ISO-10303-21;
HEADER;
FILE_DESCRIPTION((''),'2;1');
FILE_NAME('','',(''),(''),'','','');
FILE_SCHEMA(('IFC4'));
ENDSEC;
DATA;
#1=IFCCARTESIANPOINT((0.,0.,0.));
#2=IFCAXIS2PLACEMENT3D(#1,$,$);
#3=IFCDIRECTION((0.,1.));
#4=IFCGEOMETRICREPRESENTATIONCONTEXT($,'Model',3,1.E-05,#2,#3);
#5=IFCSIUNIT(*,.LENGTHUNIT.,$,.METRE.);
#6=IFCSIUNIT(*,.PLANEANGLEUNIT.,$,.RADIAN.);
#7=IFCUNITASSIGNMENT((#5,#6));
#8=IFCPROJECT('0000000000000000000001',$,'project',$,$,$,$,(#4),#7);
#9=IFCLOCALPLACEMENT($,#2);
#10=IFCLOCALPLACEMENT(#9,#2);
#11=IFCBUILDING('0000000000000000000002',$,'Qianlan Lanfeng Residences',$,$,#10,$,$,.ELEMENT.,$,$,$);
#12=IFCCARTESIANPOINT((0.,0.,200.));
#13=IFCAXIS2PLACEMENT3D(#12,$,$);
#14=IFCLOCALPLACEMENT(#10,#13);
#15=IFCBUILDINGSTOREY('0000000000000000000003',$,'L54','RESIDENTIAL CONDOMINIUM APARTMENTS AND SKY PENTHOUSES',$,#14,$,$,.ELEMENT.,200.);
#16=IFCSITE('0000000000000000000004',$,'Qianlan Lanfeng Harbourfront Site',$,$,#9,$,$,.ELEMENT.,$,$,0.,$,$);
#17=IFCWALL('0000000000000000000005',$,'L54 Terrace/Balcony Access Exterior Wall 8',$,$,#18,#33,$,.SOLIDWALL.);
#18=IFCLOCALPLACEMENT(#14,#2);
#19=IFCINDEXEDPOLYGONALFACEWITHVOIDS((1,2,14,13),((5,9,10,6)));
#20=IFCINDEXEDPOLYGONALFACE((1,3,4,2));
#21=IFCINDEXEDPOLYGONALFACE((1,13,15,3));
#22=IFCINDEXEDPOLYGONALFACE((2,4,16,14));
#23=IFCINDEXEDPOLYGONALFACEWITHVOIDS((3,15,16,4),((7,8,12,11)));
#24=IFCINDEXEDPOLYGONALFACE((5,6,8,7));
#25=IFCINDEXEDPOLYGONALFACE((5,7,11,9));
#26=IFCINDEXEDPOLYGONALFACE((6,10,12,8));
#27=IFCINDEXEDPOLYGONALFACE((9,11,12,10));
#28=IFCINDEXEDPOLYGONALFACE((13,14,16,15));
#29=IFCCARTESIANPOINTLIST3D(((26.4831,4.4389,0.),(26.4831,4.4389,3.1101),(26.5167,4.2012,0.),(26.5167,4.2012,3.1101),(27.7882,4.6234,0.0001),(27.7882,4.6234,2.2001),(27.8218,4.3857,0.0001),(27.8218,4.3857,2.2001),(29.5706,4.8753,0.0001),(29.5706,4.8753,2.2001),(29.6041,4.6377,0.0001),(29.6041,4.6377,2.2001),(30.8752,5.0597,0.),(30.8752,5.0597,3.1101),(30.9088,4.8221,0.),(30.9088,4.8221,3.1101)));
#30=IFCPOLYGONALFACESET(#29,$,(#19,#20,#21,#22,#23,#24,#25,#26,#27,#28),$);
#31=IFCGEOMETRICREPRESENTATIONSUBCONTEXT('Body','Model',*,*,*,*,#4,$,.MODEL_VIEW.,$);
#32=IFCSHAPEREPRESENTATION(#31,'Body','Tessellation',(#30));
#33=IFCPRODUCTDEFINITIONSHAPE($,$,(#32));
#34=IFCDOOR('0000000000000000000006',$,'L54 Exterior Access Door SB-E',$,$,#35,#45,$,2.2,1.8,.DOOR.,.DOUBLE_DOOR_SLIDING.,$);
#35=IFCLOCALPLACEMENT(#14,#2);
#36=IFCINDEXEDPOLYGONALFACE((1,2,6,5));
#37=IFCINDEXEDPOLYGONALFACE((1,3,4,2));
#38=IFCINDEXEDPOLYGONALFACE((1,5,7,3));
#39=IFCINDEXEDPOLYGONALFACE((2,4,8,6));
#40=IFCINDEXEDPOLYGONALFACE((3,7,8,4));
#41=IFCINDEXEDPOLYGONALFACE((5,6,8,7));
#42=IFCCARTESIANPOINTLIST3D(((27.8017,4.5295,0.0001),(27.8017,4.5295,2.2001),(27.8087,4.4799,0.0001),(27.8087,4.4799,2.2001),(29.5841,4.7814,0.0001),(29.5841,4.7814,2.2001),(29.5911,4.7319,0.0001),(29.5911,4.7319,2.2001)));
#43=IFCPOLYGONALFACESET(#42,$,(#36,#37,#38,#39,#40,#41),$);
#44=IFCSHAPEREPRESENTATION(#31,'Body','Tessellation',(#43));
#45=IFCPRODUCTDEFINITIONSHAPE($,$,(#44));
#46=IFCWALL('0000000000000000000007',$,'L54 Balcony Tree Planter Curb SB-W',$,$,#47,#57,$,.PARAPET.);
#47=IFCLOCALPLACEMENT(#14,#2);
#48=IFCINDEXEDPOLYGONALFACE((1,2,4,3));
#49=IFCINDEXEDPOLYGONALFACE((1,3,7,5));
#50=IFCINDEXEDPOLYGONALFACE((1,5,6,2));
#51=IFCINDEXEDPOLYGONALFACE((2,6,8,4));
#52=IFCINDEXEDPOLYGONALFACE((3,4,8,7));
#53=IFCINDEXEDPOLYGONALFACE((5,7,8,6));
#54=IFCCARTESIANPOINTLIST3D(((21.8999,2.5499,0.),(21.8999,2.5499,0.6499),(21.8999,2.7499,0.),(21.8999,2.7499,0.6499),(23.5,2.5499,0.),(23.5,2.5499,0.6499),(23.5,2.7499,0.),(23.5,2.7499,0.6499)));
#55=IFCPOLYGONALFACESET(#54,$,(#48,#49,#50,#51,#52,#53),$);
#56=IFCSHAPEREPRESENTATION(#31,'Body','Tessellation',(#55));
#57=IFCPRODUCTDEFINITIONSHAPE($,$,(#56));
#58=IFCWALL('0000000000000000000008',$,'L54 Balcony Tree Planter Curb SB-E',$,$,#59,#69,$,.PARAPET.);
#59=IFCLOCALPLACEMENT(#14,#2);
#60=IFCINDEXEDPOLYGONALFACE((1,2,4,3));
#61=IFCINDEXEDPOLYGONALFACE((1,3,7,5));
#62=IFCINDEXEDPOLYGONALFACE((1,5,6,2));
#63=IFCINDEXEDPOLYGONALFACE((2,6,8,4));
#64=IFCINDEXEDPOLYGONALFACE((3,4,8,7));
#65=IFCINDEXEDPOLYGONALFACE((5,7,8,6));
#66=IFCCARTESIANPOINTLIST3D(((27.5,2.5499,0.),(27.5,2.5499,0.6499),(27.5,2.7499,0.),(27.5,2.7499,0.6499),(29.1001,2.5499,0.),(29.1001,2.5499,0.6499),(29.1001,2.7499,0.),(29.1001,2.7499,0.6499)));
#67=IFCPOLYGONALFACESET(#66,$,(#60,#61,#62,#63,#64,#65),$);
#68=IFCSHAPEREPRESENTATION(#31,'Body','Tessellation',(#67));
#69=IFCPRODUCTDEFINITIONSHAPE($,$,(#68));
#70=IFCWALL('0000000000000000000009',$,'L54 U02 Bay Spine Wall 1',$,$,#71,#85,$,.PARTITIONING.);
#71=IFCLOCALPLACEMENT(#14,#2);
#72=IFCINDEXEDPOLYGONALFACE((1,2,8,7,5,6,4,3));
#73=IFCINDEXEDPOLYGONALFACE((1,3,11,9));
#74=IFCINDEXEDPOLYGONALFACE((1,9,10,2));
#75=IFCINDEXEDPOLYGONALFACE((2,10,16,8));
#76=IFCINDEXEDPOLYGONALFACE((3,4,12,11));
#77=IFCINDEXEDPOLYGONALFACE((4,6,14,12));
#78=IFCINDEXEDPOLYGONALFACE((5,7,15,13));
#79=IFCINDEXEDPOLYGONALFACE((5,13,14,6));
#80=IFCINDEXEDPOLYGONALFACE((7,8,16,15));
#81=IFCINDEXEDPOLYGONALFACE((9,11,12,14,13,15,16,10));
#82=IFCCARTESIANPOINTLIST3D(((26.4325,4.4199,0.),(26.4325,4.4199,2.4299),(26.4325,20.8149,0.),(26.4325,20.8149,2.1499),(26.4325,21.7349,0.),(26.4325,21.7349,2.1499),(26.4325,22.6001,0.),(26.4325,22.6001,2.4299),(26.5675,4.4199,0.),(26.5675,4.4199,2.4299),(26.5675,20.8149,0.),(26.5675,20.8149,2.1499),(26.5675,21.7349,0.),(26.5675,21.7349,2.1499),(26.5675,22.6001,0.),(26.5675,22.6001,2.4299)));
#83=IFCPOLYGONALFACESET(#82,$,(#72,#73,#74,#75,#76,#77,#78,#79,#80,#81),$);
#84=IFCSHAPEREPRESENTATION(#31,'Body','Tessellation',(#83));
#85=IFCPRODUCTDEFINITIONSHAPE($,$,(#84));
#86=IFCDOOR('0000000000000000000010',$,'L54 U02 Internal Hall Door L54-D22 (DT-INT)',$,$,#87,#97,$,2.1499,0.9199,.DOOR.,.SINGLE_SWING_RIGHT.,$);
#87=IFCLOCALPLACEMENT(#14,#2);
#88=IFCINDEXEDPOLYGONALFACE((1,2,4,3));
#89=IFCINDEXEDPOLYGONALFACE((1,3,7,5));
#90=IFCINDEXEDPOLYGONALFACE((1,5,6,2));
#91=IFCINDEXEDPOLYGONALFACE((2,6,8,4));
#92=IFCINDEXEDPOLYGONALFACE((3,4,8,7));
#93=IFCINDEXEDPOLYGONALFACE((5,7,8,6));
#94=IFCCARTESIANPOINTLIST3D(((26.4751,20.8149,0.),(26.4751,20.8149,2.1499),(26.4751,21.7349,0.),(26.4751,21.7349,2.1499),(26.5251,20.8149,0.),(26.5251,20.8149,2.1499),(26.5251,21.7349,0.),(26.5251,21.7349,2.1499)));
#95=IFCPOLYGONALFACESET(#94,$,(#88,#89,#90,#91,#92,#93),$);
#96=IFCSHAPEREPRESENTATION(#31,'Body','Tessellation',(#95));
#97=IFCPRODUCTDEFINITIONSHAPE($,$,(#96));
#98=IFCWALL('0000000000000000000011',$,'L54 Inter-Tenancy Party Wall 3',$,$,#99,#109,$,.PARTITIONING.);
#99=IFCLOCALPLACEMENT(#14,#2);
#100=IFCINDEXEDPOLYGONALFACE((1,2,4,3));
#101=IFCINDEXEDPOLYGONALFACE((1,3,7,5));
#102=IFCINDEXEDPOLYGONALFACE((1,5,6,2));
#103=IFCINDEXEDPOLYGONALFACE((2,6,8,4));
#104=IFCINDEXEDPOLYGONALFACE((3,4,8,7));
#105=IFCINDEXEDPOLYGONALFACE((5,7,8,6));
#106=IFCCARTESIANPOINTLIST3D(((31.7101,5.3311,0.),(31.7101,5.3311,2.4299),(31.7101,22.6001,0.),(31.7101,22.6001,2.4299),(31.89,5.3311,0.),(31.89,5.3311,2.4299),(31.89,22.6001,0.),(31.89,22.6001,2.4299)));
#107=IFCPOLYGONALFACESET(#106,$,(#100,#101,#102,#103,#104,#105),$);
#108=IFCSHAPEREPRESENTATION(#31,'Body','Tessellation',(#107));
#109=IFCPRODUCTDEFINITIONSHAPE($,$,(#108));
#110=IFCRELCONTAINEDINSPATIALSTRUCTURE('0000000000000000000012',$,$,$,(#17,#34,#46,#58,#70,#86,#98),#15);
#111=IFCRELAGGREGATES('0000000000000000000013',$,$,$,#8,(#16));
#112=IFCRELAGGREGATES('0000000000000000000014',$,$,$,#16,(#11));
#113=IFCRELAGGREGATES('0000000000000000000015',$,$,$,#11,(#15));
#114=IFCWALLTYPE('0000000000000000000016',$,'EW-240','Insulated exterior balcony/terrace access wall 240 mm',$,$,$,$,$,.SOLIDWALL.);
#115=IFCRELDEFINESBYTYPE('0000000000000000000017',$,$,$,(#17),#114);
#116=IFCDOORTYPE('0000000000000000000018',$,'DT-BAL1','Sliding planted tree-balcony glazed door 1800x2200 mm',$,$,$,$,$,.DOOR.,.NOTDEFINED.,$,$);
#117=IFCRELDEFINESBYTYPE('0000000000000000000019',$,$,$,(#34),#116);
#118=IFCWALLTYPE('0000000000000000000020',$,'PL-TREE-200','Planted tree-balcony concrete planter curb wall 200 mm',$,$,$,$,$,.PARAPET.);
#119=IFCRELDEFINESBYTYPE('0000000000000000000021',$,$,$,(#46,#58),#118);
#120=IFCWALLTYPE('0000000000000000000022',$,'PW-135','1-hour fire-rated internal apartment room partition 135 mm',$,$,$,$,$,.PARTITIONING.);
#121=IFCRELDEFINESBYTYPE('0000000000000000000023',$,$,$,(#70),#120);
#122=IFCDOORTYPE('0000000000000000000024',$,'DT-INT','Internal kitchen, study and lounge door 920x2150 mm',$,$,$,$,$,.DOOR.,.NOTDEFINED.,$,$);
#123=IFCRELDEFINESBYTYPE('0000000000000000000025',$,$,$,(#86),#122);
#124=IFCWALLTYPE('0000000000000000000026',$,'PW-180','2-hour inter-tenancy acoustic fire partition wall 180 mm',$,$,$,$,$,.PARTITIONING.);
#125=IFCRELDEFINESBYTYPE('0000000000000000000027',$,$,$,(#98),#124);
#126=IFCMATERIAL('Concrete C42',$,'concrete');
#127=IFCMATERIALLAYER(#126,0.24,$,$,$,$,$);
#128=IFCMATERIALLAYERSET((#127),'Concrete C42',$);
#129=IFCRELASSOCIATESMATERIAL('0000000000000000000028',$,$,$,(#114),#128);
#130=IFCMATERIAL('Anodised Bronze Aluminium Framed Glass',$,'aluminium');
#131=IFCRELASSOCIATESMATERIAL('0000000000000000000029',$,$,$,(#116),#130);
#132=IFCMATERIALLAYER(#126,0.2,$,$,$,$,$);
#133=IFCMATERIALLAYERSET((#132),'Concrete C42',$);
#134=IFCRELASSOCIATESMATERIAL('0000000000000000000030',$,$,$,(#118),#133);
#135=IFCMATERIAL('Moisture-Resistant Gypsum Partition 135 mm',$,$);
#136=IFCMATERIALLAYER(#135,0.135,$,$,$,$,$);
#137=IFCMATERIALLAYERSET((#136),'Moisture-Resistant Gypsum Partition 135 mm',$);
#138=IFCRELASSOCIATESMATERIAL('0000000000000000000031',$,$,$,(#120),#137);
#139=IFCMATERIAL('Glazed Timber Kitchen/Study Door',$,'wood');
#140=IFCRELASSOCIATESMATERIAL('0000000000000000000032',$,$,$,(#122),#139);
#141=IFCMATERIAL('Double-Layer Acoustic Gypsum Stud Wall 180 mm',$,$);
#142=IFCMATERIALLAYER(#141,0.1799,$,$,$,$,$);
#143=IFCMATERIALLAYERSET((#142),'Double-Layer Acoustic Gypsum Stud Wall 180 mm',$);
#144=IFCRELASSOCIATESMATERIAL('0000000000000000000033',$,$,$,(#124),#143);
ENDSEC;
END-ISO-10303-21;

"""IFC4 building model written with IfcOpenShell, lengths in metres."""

from ifc_helpers import new_model, si_unit, direction, frame, frame_2d, origin, place, context, subcontext, project, spatial, rectangle, extrude, material, layer, layer_set, type_object, element, fill, save


model = new_model("IFC4")

# Units and contexts
model_context = context("Model", 3, precision=1e-05, world=origin(), true_north=direction((0.0, 1.0)))
body_context = subcontext(model_context, "Body", "Model", "MODEL_VIEW")
ifc_project = project(units=[si_unit("LENGTHUNIT", "METRE"), si_unit("PLANEANGLEUNIT", "RADIAN")], contexts=[model_context])

# Site, building, storey
site_placement = place(None, origin())
site = spatial("IfcSite", under=ifc_project, at=site_placement, Name="Qianlan Lanfeng Harbourfront Site", CompositionType="ELEMENT", RefElevation=0.0)
building_placement = place(site_placement, origin())
building = spatial("IfcBuilding", under=site, at=building_placement, Name="Qianlan Lanfeng Residences", CompositionType="ELEMENT")
storey_placement = place(building_placement, frame((0.0, 0.0, 200.0)))
storey = spatial("IfcBuildingStorey", under=building, at=storey_placement, Name="L54", Description="RESIDENTIAL CONDOMINIUM APARTMENTS AND SKY PENTHOUSES", CompositionType="ELEMENT", Elevation=200.0)

# Shared definitions
ifc_material_1 = material(Name="Concrete C42", Category="concrete")
ifc_layer_1 = layer(ifc_material_1, 0.24)
ifc_layer_set_1 = layer_set([ifc_layer_1], Name="Concrete C42")
wall_type_1 = type_object("IfcWallType", Name="EW-240", Description="Insulated exterior balcony/terrace access wall 240 mm", PredefinedType="SOLIDWALL", material=ifc_layer_set_1)
ifc_material_2 = material(Name="Anodised Bronze Aluminium Framed Glass", Category="aluminium")
door_type_1 = type_object("IfcDoorType", Name="DT-BAL1", Description="Sliding planted tree-balcony glazed door 1800x2200 mm", OperationType="NOTDEFINED", PredefinedType="DOOR", material=ifc_material_2)

# Wall, opening, door
wall_1_placement = place(storey_placement, frame((26.5, 4.3201, 0.0), z_axis=(0.0, 0.0, 1.0), x_axis=(0.990156, 0.139965, 0.0)))
wall_1 = element("IfcWall", 1, at=wall_1_placement, inside=storey, type_object=wall_type_1, Name="L54 Terrace/Balcony Access Exterior Wall 8", PredefinedType="SOLIDWALL", context=body_context, shape_type="SweptSolid", body=[
    extrude(rectangle(XDim=4.4358, YDim=0.24, at=frame_2d((2.2178, 0.0))), origin(), (0.0, 0.0, 1.0), 3.1101),
])
opening_1_placement = place(wall_1_placement, frame((1.3181, 0.0, 0.0)))
opening_1 = element("IfcOpeningElement", 2, at=opening_1_placement, cuts=wall_1, PredefinedType="OPENING", context=body_context, shape_type="SweptSolid", body=[
    extrude(rectangle(XDim=1.8, YDim=2.2, at=frame_2d((0.8999, 1.1001))), frame((0.0, 0.1299, 0.0), z_axis=(0.0, -1.0, 0.0), x_axis=(1.0, 0.0, 0.0)), (0.0, 0.0, 1.0), 0.26),
])
door_1_placement = place(opening_1_placement, frame((1.8, 0.0, 0.0), z_axis=(0.0, 0.0, 1.0), x_axis=(-1.0, 0.0, 0.0)))
door_1 = element("IfcDoor", 3, at=door_1_placement, inside=storey, type_object=door_type_1, Name="L54 Exterior Access Door SB-E", OperationType="DOUBLE_DOOR_SLIDING", OverallHeight=2.2, OverallWidth=1.8, PredefinedType="DOOR", context=body_context, shape_type="SweptSolid", body=[
    extrude(rectangle(XDim=1.8, YDim=2.2, at=frame_2d((0.8999, 1.1001))), frame((0.0, 0.0249, 0.0), z_axis=(0.0, -1.0, 0.0), x_axis=(1.0, 0.0, 0.0)), (0.0, 0.0, 1.0), 0.05),
])
fill(opening_1, door_1)

# Walls
ifc_layer_2 = layer(ifc_material_1, 0.2)
ifc_layer_set_2 = layer_set([ifc_layer_2], Name="Concrete C42")
wall_type_2 = type_object("IfcWallType", Name="PL-TREE-200", Description="Planted tree-balcony concrete planter curb wall 200 mm", PredefinedType="PARAPET", material=ifc_layer_set_2)
for number, where, z_axis, x_axis, name in (
    (4, (21.8999, 2.6499, 0.0), (0.0, 0.0, 1.0), (1.0, 0.0, 0.0), "L54 Balcony Tree Planter Curb SB-W"),
    (5, (27.5, 2.6499, 0.0), (0.0, 0.0, 1.0), (1.0, 0.0, 0.0), "L54 Balcony Tree Planter Curb SB-E"),
):
    element("IfcWall", number, at=place(storey_placement, frame(where, z_axis=z_axis, x_axis=x_axis)), inside=storey, type_object=wall_type_2, Name=name, PredefinedType="PARAPET", context=body_context, shape_type="SweptSolid", body=[
        extrude(rectangle(XDim=1.6001, YDim=0.2, at=frame_2d((0.8, 0.0))), origin(), (0.0, 0.0, 1.0), 0.6499),
    ])

# Wall, opening, door
ifc_material_3 = material(Name="Moisture-Resistant Gypsum Partition 135 mm")
ifc_layer_3 = layer(ifc_material_3, 0.135)
ifc_layer_set_3 = layer_set([ifc_layer_3], Name="Moisture-Resistant Gypsum Partition 135 mm")
wall_type_3 = type_object("IfcWallType", Name="PW-135", Description="1-hour fire-rated internal apartment room partition 135 mm", PredefinedType="PARTITIONING", material=ifc_layer_set_3)
wall_2_placement = place(storey_placement, frame((26.5, 4.4199, 0.0), z_axis=(0.0, 0.0, 1.0), x_axis=(0.0, 1.0, 0.0)))
wall_2 = element("IfcWall", 6, at=wall_2_placement, inside=storey, type_object=wall_type_3, Name="L54 U02 Bay Spine Wall 1", PredefinedType="PARTITIONING", context=body_context, shape_type="SweptSolid", body=[
    extrude(rectangle(XDim=18.1802, YDim=0.135, at=frame_2d((9.0901, 0.0))), origin(), (0.0, 0.0, 1.0), 2.4299),
])
opening_2_placement = place(wall_2_placement, frame((16.395, 0.0, 0.0)))
opening_2 = element("IfcOpeningElement", 7, at=opening_2_placement, cuts=wall_2, PredefinedType="OPENING", context=body_context, shape_type="SweptSolid", body=[
    extrude(rectangle(XDim=0.9199, YDim=2.1499, at=frame_2d((0.46, 1.075))), frame((0.0, 0.0776, 0.0), z_axis=(0.0, -1.0, 0.0), x_axis=(1.0, 0.0, 0.0)), (0.0, 0.0, 1.0), 0.155),
])
ifc_material_4 = material(Name="Glazed Timber Kitchen/Study Door", Category="wood")
door_type_2 = type_object("IfcDoorType", Name="DT-INT", Description="Internal kitchen, study and lounge door 920x2150 mm", OperationType="NOTDEFINED", PredefinedType="DOOR", material=ifc_material_4)
door_2_placement = place(opening_2_placement, origin())
door_2 = element("IfcDoor", 8, at=door_2_placement, inside=storey, type_object=door_type_2, Name="L54 U02 Internal Hall Door L54-D22 (DT-INT)", OperationType="SINGLE_SWING_RIGHT", OverallHeight=2.1499, OverallWidth=0.9199, PredefinedType="DOOR", context=body_context, shape_type="SweptSolid", body=[
    extrude(rectangle(XDim=0.9199, YDim=2.1499, at=frame_2d((0.46, 1.075))), frame((0.0, 0.0249, 0.0), z_axis=(0.0, -1.0, 0.0), x_axis=(1.0, 0.0, 0.0)), (0.0, 0.0, 1.0), 0.05),
])
fill(opening_2, door_2)

# Wall
ifc_material_5 = material(Name="Double-Layer Acoustic Gypsum Stud Wall 180 mm")
ifc_layer_4 = layer(ifc_material_5, 0.1799)
ifc_layer_set_4 = layer_set([ifc_layer_4], Name="Double-Layer Acoustic Gypsum Stud Wall 180 mm")
wall_type_4 = type_object("IfcWallType", Name="PW-180", Description="2-hour inter-tenancy acoustic fire partition wall 180 mm", PredefinedType="PARTITIONING", material=ifc_layer_set_4)
wall_3_placement = place(storey_placement, frame((31.8, 5.3311, 0.0), z_axis=(0.0, 0.0, 1.0), x_axis=(0.0, 1.0, 0.0)))
element("IfcWall", 9, at=wall_3_placement, inside=storey, type_object=wall_type_4, Name="L54 Inter-Tenancy Party Wall 3", PredefinedType="PARTITIONING", context=body_context, shape_type="SweptSolid", body=[
    extrude(rectangle(XDim=17.269, YDim=0.1799, at=frame_2d((8.6345, 0.0))), origin(), (0.0, 0.0, 1.0), 2.4299),
])

save(model, "model.ifc")
